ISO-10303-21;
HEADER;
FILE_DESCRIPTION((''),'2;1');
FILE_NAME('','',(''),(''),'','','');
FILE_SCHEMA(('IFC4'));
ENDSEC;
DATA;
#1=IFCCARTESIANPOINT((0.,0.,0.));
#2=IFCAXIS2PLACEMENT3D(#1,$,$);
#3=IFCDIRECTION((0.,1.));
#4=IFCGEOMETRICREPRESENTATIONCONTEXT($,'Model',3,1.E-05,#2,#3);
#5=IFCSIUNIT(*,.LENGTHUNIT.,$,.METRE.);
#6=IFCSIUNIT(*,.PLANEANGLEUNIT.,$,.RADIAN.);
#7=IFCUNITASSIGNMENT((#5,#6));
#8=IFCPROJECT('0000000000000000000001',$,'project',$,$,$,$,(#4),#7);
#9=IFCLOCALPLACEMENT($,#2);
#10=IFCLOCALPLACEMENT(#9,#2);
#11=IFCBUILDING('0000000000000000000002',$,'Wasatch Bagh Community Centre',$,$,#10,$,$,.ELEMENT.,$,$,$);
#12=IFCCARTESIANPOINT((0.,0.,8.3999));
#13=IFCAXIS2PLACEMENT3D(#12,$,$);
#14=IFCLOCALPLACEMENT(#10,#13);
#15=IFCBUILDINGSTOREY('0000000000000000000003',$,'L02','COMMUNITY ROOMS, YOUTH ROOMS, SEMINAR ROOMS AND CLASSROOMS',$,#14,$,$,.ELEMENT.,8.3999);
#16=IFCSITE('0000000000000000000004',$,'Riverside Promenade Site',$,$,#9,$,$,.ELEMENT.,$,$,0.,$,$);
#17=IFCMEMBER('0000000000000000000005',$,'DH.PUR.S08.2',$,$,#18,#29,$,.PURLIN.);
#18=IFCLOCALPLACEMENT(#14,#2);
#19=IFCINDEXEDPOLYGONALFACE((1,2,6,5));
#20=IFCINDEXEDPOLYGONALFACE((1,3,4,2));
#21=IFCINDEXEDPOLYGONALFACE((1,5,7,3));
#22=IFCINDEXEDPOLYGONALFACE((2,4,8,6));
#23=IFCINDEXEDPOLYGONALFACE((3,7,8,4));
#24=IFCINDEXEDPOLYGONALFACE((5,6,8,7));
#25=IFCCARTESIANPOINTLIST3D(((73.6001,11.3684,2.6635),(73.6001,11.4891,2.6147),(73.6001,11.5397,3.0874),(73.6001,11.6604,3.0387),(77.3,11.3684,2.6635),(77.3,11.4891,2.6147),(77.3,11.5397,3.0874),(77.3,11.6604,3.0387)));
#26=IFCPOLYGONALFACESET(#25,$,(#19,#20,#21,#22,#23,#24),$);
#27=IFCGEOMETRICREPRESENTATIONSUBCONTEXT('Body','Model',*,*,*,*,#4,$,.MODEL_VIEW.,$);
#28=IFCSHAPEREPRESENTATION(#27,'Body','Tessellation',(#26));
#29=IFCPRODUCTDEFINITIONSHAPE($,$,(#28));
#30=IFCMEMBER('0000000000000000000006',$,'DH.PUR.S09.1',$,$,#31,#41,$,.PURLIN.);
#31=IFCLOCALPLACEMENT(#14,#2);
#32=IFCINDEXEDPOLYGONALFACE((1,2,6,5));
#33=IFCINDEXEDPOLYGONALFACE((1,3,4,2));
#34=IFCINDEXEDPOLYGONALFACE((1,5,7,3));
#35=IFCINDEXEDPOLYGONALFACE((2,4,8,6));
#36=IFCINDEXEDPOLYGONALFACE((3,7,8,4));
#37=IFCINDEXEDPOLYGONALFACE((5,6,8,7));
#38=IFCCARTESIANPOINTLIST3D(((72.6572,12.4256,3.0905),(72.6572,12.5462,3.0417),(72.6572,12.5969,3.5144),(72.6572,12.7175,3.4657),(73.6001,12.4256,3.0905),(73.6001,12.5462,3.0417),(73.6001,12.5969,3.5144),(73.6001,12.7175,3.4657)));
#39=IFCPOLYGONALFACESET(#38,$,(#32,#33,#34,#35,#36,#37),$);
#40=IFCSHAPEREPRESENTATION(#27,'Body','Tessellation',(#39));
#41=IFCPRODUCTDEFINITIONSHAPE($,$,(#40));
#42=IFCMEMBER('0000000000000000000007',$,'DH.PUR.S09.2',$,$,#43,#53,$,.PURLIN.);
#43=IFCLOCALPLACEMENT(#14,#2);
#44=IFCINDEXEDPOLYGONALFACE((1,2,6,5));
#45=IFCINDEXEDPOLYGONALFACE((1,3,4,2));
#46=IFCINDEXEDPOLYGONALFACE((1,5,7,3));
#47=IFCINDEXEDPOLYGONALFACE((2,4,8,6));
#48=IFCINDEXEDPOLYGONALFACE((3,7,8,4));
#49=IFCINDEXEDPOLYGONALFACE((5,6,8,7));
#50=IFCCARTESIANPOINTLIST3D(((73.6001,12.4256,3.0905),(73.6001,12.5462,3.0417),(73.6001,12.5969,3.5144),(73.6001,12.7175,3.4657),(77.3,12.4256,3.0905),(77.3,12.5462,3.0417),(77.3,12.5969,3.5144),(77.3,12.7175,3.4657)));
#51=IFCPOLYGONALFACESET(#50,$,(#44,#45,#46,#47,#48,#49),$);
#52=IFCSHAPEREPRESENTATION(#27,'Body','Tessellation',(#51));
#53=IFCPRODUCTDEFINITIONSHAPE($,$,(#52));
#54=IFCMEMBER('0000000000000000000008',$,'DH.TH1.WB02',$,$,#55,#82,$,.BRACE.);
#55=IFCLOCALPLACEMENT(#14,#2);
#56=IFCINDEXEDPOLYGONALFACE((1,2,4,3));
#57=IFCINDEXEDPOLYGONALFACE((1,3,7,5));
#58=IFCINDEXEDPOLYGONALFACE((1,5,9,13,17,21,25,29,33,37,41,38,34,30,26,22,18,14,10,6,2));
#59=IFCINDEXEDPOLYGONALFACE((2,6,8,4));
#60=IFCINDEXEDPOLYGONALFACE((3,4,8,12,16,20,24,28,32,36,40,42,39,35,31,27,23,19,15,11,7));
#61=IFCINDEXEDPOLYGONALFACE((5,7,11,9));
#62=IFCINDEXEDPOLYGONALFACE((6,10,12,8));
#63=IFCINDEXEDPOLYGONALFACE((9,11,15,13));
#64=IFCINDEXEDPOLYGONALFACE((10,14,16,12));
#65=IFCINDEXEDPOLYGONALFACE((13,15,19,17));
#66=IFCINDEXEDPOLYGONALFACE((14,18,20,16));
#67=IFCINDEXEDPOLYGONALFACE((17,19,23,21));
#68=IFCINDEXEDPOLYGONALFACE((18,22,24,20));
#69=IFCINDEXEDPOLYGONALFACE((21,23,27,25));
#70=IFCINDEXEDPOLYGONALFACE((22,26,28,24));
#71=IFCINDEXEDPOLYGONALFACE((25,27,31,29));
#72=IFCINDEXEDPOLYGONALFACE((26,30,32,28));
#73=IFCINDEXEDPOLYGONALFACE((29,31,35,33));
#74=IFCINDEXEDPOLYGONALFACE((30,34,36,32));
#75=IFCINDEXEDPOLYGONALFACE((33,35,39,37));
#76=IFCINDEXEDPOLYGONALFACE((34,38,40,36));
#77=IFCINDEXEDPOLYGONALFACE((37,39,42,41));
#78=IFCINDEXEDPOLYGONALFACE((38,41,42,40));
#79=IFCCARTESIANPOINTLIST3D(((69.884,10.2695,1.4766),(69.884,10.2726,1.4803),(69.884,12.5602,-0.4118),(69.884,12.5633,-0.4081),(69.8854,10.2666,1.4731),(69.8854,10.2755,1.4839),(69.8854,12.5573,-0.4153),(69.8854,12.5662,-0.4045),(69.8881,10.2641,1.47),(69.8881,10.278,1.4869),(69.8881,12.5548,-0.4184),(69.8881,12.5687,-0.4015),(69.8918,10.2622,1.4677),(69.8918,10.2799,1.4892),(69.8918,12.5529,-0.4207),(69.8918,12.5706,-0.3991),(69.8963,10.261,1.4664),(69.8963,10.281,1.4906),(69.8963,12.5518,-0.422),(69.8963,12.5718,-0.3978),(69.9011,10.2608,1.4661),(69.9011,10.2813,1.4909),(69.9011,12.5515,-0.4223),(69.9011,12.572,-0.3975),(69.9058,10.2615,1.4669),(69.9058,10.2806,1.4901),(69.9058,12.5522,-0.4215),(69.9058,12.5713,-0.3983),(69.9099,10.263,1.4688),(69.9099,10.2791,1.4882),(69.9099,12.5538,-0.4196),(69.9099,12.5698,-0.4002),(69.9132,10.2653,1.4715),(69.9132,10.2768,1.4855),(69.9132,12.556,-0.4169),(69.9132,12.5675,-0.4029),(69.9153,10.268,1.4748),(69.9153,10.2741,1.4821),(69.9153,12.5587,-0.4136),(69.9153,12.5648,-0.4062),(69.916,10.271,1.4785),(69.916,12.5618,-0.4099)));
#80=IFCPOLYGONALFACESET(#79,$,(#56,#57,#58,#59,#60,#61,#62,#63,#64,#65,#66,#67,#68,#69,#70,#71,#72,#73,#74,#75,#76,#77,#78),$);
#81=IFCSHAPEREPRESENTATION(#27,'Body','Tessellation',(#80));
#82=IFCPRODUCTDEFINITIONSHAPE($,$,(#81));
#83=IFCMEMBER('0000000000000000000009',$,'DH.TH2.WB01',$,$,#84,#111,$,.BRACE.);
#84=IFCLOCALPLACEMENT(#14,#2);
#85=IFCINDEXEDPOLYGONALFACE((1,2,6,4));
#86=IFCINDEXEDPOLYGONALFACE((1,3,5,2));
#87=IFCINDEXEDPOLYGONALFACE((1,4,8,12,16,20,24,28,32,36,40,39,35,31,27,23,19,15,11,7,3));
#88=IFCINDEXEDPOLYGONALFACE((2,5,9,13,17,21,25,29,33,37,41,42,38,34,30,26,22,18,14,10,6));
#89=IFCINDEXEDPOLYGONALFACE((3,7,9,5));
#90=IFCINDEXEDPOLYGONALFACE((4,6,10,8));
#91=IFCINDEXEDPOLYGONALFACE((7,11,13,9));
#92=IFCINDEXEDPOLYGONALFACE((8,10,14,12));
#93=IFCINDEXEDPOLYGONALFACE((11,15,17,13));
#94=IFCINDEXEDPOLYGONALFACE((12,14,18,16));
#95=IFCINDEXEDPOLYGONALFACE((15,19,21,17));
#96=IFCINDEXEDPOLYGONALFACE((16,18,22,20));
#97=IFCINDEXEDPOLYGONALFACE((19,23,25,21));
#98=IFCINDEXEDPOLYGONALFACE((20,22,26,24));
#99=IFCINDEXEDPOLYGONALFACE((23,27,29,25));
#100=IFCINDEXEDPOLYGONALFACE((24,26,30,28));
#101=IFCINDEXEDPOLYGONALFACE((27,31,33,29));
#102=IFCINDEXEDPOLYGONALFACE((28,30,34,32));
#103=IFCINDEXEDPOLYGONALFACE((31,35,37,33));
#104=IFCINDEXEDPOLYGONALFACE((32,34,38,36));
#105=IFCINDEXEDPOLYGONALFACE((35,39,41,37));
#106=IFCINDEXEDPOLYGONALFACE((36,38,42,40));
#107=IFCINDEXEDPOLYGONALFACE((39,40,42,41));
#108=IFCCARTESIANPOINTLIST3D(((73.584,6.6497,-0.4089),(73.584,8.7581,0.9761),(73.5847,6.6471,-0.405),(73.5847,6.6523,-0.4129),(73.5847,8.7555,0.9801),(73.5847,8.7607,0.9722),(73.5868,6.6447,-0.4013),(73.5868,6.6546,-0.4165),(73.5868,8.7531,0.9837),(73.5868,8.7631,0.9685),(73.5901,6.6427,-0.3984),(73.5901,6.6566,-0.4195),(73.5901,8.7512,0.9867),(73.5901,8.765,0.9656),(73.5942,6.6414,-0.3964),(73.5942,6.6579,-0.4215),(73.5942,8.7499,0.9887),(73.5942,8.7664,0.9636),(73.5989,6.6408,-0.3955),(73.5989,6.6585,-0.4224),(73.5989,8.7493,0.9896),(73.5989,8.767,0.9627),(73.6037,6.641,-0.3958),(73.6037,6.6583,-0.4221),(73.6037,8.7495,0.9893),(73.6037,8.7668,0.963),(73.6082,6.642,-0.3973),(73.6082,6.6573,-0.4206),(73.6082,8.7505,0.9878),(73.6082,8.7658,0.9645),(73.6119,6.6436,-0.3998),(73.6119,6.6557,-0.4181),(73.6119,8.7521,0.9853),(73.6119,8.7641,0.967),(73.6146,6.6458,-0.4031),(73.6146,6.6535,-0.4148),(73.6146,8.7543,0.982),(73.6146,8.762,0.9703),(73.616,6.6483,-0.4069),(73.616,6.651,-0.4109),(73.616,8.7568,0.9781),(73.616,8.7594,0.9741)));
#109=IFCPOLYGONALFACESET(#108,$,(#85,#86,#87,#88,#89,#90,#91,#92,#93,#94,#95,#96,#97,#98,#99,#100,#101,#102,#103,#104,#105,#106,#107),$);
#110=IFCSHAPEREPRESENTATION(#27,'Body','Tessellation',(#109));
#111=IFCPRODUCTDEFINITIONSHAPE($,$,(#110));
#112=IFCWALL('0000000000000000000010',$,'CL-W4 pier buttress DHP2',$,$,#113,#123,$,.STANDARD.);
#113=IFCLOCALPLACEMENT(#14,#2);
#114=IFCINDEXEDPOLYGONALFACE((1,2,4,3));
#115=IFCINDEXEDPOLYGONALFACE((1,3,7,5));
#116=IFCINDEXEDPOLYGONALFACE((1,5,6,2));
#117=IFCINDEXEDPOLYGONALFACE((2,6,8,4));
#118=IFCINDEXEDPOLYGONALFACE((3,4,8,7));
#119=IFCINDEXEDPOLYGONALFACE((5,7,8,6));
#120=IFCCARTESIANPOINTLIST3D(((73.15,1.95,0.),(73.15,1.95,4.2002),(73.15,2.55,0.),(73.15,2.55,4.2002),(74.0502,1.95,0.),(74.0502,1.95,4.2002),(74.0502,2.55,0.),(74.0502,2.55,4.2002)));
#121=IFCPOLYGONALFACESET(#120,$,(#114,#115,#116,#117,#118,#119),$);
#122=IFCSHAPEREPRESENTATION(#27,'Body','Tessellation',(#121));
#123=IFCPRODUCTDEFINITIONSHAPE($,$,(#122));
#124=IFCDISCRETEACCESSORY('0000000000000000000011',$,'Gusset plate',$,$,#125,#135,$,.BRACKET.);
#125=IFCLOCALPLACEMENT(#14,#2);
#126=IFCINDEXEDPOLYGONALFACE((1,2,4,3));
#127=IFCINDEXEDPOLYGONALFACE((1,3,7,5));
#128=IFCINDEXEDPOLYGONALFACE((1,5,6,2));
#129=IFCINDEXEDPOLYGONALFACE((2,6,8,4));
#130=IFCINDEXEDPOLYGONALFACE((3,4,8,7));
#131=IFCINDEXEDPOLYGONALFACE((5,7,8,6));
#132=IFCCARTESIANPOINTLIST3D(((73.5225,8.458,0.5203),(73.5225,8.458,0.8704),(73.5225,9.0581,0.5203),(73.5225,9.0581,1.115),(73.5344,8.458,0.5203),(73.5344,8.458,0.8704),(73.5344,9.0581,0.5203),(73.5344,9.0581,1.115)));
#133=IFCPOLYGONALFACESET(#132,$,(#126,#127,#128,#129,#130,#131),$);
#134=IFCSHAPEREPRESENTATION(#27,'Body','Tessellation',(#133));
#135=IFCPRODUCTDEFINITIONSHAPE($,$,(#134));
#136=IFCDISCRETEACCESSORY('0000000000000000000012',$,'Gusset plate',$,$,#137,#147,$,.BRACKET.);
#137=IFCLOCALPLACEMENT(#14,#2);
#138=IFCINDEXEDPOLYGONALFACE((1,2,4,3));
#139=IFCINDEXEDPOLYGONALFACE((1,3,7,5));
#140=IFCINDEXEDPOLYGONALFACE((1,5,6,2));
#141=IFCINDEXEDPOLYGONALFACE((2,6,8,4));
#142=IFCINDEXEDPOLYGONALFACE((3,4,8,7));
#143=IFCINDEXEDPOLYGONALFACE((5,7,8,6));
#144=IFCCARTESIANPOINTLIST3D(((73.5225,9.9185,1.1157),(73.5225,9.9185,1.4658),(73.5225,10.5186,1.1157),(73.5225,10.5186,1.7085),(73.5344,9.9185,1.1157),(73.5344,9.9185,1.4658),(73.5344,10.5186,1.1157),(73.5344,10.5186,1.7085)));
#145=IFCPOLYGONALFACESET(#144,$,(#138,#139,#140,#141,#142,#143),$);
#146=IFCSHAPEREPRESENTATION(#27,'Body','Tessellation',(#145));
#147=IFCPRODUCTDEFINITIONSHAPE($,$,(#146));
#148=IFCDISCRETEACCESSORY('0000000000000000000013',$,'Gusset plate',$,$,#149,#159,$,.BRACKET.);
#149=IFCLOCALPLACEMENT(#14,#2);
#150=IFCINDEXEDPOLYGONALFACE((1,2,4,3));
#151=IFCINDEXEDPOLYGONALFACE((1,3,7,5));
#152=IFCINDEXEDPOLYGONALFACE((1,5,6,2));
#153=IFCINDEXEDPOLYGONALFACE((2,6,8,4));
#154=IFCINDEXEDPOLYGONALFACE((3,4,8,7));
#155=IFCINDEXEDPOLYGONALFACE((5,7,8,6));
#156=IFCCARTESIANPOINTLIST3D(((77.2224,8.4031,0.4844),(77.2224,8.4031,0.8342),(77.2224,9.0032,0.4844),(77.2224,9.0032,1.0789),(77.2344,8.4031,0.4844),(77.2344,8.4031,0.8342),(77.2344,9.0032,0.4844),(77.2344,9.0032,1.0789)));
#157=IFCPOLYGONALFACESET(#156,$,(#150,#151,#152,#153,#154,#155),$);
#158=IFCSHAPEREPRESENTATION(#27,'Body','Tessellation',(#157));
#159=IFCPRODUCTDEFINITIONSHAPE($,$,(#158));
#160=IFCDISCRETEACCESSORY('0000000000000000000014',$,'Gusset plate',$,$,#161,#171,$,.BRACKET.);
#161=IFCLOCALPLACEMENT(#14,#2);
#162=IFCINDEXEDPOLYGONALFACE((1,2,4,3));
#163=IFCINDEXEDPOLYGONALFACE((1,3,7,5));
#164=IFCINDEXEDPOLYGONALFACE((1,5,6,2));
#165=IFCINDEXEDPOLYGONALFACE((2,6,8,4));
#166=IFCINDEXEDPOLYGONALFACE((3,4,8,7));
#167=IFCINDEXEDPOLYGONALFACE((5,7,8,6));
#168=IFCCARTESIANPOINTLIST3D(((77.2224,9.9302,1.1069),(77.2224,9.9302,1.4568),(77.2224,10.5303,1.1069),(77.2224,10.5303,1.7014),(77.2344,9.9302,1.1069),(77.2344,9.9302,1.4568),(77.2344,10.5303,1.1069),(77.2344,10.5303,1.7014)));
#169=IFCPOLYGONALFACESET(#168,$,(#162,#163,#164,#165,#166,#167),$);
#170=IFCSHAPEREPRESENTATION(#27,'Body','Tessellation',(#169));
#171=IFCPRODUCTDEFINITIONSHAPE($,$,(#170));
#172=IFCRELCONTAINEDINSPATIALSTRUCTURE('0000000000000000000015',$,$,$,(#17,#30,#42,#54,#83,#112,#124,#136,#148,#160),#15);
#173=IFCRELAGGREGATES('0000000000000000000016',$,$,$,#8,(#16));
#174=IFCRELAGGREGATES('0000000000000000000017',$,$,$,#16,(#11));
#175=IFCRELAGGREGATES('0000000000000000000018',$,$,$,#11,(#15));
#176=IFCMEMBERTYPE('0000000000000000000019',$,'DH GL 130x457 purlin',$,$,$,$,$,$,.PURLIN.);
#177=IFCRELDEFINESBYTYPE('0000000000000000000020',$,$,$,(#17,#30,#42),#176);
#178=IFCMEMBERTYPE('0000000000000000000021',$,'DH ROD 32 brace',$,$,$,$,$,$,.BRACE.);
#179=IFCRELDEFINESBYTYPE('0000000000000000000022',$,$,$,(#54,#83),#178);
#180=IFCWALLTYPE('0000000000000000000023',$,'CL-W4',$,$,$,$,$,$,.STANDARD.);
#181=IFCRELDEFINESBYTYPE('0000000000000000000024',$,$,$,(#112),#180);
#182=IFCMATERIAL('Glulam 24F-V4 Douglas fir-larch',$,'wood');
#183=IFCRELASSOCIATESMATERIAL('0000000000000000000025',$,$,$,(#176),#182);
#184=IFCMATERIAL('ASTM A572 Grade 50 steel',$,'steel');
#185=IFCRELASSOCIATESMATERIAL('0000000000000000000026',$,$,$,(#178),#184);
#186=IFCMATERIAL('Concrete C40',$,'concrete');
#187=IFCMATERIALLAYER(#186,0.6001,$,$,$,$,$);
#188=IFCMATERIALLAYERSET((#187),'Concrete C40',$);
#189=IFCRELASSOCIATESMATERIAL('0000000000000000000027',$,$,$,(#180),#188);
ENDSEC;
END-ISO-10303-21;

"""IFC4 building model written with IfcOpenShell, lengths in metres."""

from ifc_helpers import new_model, si_unit, direction, frame, frame_2d, origin, origin_2d, place, context, subcontext, project, spatial, polyline, rectangle, circle, outline, extrude, material, layer, layer_set, material_profile, profile_set, type_object, element, save


model = new_model("IFC4")

# Units and contexts
model_context = context("Model", 3, precision=1e-05, world=origin(), true_north=direction((0.0, 1.0)))
body_context = subcontext(model_context, "Body", "Model", "MODEL_VIEW")
ifc_project = project(units=[si_unit("LENGTHUNIT", "METRE"), si_unit("PLANEANGLEUNIT", "RADIAN")], contexts=[model_context])

# Site, building, storey
site_placement = place(None, origin())
site = spatial("IfcSite", under=ifc_project, at=site_placement, Name="Riverside Promenade Site", CompositionType="ELEMENT", RefElevation=0.0)
building_placement = place(site_placement, origin())
building = spatial("IfcBuilding", under=site, at=building_placement, Name="Wasatch Bagh Community Centre", CompositionType="ELEMENT")
storey_placement = place(building_placement, frame((0.0, 0.0, 8.3999)))
storey = spatial("IfcBuildingStorey", under=building, at=storey_placement, Name="L02", Description="COMMUNITY ROOMS, YOUTH ROOMS, SEMINAR ROOMS AND CLASSROOMS", CompositionType="ELEMENT", Elevation=8.3999)

# Shared definitions
ifc_material_1 = material(Name="Concrete C40", Category="concrete")

# Members
ifc_material_2 = material(Name="Glulam 24F-V4 Douglas fir-larch", Category="wood")
ifc_material_profile_1 = material_profile(ifc_material_2, rectangle(XDim=0.1301, YDim=0.4573, at=origin_2d()), Name="GL 130x457")
ifc_profile_set_1 = profile_set([ifc_material_profile_1], Name="Glulam 24F-V4 Douglas fir-larch")
member_type_1 = type_object("IfcMemberType", Name="DH GL 130x457 purlin", PredefinedType="PURLIN", material=ifc_profile_set_1)
member_1_placement = place(storey_placement, frame((73.6001, 11.5144, 2.8511), z_axis=(1.0, 0.0, 0.0), x_axis=(0.0, 0.927184, -0.374607)))
element("IfcMember", 1, at=member_1_placement, inside=storey, type_object=member_type_1, Name="DH.PUR.S08.2", PredefinedType="PURLIN", context=body_context, shape_type="SweptSolid", body=[
    extrude(rectangle(XDim=0.1301, YDim=0.4573, at=origin_2d()), origin(), (0.0, 0.0, 1.0), 3.7),
])
member_2_placement = place(storey_placement, frame((72.6572, 12.5715, 3.2781), z_axis=(1.0, 0.0, 0.0), x_axis=(0.0, 0.927184, -0.374607)))
element("IfcMember", 2, at=member_2_placement, inside=storey, type_object=member_type_1, Name="DH.PUR.S09.1", PredefinedType="PURLIN", context=body_context, shape_type="SweptSolid", body=[
    extrude(rectangle(XDim=0.1301, YDim=0.4573, at=origin_2d()), origin(), (0.0, 0.0, 1.0), 0.9429),
])
member_3_placement = place(storey_placement, frame((73.6001, 12.5715, 3.2781), z_axis=(1.0, 0.0, 0.0), x_axis=(0.0, 0.927184, -0.374607)))
element("IfcMember", 3, at=member_3_placement, inside=storey, type_object=member_type_1, Name="DH.PUR.S09.2", PredefinedType="PURLIN", context=body_context, shape_type="SweptSolid", body=[
    extrude(rectangle(XDim=0.1301, YDim=0.4573, at=origin_2d()), origin(), (0.0, 0.0, 1.0), 3.7),
])
ifc_material_3 = material(Name="ASTM A572 Grade 50 steel", Category="steel")
ifc_material_profile_2 = material_profile(ifc_material_3, circle(Radius=0.0161, at=origin_2d()), Name="ROD 32")
ifc_profile_set_2 = profile_set([ifc_material_profile_2], Name="ASTM A572 Grade 50 steel")
member_type_2 = type_object("IfcMemberType", Name="DH ROD 32 brace", PredefinedType="BRACE", material=ifc_profile_set_2)
member_4_placement = place(storey_placement, frame((69.8999, 12.5618, -0.4099), z_axis=(0.0, -0.771614, 0.636091), x_axis=(1.0, 0.0, 0.0)))
element("IfcMember", 4, at=member_4_placement, inside=storey, type_object=member_type_2, Name="DH.TH1.WB02", PredefinedType="BRACE", context=body_context, shape_type="SweptSolid", body=[
    extrude(circle(Radius=0.0161, at=origin_2d()), origin(), (0.0, 0.0, 1.0), 2.9688),
])
member_5_placement = place(storey_placement, frame((73.6001, 6.6497, -0.4089), z_axis=(0.0, 0.835798, 0.549037), x_axis=(-1.0, 0.0, 0.0)))
element("IfcMember", 5, at=member_5_placement, inside=storey, type_object=member_type_2, Name="DH.TH2.WB01", PredefinedType="BRACE", context=body_context, shape_type="SweptSolid", body=[
    extrude(circle(Radius=0.0161, at=origin_2d()), origin(), (0.0, 0.0, 1.0), 2.5227),
])

# Wall
ifc_layer = layer(ifc_material_1, 0.6001)
ifc_layer_set = layer_set([ifc_layer], Name="Concrete C40")
wall_type = type_object("IfcWallType", Name="CL-W4", PredefinedType="STANDARD", material=ifc_layer_set)
wall_placement = place(storey_placement, frame((73.1499, 2.25, 0.0), z_axis=(0.0, 0.0, 1.0), x_axis=(1.0, 0.0, 0.0)))
element("IfcWall", 6, at=wall_placement, inside=storey, type_object=wall_type, Name="CL-W4 pier buttress DHP2", PredefinedType="STANDARD", context=body_context, shape_type="SweptSolid", body=[
    extrude(rectangle(XDim=0.9001, YDim=0.6001, at=frame_2d((0.4502, 0.0))), origin(), (0.0, 0.0, 1.0), 4.2002),
])

# Discrete accessories
discrete_accessory_1_placement = place(storey_placement, frame((73.5225, 8.458, 0.8704), z_axis=(-1.0, 0.0, 0.0), x_axis=(0.0, 0.926014, 0.377488)))
element("IfcDiscreteAccessory", 7, at=discrete_accessory_1_placement, inside=storey, Name="Gusset plate", PredefinedType="BRACKET", context=body_context, shape_type="SweptSolid", body=[
    extrude(outline(polyline([(0.0, 0.0), (0.648, 0.0), (0.4235, 0.5507), (-0.1322, 0.3242), (0.0, 0.0)])), origin(), (0.0, 0.0, -1.0), 0.012),
])
discrete_accessory_2_placement = place(storey_placement, frame((73.5225, 9.9185, 1.4658), z_axis=(-1.0, 0.0, 0.0), x_axis=(0.0, 0.927065, 0.3749)))
element("IfcDiscreteAccessory", 8, at=discrete_accessory_2_placement, inside=storey, Name="Gusset plate", PredefinedType="BRACKET", context=body_context, shape_type="SweptSolid", body=[
    extrude(outline(polyline([(0.0, 0.0), (0.6473, 0.0), (0.4251, 0.5495), (-0.1313, 0.3246), (0.0, 0.0)])), origin(), (0.0, 0.0, -1.0), 0.012),
])
for number, where, z_axis, x_axis, name in (
    (9, (77.2224, 8.4031, 0.8342), (-1.0, 0.0, 0.0), (0.0, 0.926014, 0.377488), "Gusset plate"),
    (10, (77.2224, 9.9302, 1.4568), (-1.0, 0.0, 0.0), (0.0, 0.926014, 0.377488), "Gusset plate"),
):
    element("IfcDiscreteAccessory", number, at=place(storey_placement, frame(where, z_axis=z_axis, x_axis=x_axis)), inside=storey, Name=name, PredefinedType="BRACKET", context=body_context, shape_type="SweptSolid", body=[
        extrude(outline(polyline([(0.0, 0.0), (0.648, 0.0), (0.4236, 0.5505), (-0.1321, 0.324), (0.0, 0.0)])), origin(), (0.0, 0.0, -1.0), 0.012),
    ])

save(model, "model.ifc")
